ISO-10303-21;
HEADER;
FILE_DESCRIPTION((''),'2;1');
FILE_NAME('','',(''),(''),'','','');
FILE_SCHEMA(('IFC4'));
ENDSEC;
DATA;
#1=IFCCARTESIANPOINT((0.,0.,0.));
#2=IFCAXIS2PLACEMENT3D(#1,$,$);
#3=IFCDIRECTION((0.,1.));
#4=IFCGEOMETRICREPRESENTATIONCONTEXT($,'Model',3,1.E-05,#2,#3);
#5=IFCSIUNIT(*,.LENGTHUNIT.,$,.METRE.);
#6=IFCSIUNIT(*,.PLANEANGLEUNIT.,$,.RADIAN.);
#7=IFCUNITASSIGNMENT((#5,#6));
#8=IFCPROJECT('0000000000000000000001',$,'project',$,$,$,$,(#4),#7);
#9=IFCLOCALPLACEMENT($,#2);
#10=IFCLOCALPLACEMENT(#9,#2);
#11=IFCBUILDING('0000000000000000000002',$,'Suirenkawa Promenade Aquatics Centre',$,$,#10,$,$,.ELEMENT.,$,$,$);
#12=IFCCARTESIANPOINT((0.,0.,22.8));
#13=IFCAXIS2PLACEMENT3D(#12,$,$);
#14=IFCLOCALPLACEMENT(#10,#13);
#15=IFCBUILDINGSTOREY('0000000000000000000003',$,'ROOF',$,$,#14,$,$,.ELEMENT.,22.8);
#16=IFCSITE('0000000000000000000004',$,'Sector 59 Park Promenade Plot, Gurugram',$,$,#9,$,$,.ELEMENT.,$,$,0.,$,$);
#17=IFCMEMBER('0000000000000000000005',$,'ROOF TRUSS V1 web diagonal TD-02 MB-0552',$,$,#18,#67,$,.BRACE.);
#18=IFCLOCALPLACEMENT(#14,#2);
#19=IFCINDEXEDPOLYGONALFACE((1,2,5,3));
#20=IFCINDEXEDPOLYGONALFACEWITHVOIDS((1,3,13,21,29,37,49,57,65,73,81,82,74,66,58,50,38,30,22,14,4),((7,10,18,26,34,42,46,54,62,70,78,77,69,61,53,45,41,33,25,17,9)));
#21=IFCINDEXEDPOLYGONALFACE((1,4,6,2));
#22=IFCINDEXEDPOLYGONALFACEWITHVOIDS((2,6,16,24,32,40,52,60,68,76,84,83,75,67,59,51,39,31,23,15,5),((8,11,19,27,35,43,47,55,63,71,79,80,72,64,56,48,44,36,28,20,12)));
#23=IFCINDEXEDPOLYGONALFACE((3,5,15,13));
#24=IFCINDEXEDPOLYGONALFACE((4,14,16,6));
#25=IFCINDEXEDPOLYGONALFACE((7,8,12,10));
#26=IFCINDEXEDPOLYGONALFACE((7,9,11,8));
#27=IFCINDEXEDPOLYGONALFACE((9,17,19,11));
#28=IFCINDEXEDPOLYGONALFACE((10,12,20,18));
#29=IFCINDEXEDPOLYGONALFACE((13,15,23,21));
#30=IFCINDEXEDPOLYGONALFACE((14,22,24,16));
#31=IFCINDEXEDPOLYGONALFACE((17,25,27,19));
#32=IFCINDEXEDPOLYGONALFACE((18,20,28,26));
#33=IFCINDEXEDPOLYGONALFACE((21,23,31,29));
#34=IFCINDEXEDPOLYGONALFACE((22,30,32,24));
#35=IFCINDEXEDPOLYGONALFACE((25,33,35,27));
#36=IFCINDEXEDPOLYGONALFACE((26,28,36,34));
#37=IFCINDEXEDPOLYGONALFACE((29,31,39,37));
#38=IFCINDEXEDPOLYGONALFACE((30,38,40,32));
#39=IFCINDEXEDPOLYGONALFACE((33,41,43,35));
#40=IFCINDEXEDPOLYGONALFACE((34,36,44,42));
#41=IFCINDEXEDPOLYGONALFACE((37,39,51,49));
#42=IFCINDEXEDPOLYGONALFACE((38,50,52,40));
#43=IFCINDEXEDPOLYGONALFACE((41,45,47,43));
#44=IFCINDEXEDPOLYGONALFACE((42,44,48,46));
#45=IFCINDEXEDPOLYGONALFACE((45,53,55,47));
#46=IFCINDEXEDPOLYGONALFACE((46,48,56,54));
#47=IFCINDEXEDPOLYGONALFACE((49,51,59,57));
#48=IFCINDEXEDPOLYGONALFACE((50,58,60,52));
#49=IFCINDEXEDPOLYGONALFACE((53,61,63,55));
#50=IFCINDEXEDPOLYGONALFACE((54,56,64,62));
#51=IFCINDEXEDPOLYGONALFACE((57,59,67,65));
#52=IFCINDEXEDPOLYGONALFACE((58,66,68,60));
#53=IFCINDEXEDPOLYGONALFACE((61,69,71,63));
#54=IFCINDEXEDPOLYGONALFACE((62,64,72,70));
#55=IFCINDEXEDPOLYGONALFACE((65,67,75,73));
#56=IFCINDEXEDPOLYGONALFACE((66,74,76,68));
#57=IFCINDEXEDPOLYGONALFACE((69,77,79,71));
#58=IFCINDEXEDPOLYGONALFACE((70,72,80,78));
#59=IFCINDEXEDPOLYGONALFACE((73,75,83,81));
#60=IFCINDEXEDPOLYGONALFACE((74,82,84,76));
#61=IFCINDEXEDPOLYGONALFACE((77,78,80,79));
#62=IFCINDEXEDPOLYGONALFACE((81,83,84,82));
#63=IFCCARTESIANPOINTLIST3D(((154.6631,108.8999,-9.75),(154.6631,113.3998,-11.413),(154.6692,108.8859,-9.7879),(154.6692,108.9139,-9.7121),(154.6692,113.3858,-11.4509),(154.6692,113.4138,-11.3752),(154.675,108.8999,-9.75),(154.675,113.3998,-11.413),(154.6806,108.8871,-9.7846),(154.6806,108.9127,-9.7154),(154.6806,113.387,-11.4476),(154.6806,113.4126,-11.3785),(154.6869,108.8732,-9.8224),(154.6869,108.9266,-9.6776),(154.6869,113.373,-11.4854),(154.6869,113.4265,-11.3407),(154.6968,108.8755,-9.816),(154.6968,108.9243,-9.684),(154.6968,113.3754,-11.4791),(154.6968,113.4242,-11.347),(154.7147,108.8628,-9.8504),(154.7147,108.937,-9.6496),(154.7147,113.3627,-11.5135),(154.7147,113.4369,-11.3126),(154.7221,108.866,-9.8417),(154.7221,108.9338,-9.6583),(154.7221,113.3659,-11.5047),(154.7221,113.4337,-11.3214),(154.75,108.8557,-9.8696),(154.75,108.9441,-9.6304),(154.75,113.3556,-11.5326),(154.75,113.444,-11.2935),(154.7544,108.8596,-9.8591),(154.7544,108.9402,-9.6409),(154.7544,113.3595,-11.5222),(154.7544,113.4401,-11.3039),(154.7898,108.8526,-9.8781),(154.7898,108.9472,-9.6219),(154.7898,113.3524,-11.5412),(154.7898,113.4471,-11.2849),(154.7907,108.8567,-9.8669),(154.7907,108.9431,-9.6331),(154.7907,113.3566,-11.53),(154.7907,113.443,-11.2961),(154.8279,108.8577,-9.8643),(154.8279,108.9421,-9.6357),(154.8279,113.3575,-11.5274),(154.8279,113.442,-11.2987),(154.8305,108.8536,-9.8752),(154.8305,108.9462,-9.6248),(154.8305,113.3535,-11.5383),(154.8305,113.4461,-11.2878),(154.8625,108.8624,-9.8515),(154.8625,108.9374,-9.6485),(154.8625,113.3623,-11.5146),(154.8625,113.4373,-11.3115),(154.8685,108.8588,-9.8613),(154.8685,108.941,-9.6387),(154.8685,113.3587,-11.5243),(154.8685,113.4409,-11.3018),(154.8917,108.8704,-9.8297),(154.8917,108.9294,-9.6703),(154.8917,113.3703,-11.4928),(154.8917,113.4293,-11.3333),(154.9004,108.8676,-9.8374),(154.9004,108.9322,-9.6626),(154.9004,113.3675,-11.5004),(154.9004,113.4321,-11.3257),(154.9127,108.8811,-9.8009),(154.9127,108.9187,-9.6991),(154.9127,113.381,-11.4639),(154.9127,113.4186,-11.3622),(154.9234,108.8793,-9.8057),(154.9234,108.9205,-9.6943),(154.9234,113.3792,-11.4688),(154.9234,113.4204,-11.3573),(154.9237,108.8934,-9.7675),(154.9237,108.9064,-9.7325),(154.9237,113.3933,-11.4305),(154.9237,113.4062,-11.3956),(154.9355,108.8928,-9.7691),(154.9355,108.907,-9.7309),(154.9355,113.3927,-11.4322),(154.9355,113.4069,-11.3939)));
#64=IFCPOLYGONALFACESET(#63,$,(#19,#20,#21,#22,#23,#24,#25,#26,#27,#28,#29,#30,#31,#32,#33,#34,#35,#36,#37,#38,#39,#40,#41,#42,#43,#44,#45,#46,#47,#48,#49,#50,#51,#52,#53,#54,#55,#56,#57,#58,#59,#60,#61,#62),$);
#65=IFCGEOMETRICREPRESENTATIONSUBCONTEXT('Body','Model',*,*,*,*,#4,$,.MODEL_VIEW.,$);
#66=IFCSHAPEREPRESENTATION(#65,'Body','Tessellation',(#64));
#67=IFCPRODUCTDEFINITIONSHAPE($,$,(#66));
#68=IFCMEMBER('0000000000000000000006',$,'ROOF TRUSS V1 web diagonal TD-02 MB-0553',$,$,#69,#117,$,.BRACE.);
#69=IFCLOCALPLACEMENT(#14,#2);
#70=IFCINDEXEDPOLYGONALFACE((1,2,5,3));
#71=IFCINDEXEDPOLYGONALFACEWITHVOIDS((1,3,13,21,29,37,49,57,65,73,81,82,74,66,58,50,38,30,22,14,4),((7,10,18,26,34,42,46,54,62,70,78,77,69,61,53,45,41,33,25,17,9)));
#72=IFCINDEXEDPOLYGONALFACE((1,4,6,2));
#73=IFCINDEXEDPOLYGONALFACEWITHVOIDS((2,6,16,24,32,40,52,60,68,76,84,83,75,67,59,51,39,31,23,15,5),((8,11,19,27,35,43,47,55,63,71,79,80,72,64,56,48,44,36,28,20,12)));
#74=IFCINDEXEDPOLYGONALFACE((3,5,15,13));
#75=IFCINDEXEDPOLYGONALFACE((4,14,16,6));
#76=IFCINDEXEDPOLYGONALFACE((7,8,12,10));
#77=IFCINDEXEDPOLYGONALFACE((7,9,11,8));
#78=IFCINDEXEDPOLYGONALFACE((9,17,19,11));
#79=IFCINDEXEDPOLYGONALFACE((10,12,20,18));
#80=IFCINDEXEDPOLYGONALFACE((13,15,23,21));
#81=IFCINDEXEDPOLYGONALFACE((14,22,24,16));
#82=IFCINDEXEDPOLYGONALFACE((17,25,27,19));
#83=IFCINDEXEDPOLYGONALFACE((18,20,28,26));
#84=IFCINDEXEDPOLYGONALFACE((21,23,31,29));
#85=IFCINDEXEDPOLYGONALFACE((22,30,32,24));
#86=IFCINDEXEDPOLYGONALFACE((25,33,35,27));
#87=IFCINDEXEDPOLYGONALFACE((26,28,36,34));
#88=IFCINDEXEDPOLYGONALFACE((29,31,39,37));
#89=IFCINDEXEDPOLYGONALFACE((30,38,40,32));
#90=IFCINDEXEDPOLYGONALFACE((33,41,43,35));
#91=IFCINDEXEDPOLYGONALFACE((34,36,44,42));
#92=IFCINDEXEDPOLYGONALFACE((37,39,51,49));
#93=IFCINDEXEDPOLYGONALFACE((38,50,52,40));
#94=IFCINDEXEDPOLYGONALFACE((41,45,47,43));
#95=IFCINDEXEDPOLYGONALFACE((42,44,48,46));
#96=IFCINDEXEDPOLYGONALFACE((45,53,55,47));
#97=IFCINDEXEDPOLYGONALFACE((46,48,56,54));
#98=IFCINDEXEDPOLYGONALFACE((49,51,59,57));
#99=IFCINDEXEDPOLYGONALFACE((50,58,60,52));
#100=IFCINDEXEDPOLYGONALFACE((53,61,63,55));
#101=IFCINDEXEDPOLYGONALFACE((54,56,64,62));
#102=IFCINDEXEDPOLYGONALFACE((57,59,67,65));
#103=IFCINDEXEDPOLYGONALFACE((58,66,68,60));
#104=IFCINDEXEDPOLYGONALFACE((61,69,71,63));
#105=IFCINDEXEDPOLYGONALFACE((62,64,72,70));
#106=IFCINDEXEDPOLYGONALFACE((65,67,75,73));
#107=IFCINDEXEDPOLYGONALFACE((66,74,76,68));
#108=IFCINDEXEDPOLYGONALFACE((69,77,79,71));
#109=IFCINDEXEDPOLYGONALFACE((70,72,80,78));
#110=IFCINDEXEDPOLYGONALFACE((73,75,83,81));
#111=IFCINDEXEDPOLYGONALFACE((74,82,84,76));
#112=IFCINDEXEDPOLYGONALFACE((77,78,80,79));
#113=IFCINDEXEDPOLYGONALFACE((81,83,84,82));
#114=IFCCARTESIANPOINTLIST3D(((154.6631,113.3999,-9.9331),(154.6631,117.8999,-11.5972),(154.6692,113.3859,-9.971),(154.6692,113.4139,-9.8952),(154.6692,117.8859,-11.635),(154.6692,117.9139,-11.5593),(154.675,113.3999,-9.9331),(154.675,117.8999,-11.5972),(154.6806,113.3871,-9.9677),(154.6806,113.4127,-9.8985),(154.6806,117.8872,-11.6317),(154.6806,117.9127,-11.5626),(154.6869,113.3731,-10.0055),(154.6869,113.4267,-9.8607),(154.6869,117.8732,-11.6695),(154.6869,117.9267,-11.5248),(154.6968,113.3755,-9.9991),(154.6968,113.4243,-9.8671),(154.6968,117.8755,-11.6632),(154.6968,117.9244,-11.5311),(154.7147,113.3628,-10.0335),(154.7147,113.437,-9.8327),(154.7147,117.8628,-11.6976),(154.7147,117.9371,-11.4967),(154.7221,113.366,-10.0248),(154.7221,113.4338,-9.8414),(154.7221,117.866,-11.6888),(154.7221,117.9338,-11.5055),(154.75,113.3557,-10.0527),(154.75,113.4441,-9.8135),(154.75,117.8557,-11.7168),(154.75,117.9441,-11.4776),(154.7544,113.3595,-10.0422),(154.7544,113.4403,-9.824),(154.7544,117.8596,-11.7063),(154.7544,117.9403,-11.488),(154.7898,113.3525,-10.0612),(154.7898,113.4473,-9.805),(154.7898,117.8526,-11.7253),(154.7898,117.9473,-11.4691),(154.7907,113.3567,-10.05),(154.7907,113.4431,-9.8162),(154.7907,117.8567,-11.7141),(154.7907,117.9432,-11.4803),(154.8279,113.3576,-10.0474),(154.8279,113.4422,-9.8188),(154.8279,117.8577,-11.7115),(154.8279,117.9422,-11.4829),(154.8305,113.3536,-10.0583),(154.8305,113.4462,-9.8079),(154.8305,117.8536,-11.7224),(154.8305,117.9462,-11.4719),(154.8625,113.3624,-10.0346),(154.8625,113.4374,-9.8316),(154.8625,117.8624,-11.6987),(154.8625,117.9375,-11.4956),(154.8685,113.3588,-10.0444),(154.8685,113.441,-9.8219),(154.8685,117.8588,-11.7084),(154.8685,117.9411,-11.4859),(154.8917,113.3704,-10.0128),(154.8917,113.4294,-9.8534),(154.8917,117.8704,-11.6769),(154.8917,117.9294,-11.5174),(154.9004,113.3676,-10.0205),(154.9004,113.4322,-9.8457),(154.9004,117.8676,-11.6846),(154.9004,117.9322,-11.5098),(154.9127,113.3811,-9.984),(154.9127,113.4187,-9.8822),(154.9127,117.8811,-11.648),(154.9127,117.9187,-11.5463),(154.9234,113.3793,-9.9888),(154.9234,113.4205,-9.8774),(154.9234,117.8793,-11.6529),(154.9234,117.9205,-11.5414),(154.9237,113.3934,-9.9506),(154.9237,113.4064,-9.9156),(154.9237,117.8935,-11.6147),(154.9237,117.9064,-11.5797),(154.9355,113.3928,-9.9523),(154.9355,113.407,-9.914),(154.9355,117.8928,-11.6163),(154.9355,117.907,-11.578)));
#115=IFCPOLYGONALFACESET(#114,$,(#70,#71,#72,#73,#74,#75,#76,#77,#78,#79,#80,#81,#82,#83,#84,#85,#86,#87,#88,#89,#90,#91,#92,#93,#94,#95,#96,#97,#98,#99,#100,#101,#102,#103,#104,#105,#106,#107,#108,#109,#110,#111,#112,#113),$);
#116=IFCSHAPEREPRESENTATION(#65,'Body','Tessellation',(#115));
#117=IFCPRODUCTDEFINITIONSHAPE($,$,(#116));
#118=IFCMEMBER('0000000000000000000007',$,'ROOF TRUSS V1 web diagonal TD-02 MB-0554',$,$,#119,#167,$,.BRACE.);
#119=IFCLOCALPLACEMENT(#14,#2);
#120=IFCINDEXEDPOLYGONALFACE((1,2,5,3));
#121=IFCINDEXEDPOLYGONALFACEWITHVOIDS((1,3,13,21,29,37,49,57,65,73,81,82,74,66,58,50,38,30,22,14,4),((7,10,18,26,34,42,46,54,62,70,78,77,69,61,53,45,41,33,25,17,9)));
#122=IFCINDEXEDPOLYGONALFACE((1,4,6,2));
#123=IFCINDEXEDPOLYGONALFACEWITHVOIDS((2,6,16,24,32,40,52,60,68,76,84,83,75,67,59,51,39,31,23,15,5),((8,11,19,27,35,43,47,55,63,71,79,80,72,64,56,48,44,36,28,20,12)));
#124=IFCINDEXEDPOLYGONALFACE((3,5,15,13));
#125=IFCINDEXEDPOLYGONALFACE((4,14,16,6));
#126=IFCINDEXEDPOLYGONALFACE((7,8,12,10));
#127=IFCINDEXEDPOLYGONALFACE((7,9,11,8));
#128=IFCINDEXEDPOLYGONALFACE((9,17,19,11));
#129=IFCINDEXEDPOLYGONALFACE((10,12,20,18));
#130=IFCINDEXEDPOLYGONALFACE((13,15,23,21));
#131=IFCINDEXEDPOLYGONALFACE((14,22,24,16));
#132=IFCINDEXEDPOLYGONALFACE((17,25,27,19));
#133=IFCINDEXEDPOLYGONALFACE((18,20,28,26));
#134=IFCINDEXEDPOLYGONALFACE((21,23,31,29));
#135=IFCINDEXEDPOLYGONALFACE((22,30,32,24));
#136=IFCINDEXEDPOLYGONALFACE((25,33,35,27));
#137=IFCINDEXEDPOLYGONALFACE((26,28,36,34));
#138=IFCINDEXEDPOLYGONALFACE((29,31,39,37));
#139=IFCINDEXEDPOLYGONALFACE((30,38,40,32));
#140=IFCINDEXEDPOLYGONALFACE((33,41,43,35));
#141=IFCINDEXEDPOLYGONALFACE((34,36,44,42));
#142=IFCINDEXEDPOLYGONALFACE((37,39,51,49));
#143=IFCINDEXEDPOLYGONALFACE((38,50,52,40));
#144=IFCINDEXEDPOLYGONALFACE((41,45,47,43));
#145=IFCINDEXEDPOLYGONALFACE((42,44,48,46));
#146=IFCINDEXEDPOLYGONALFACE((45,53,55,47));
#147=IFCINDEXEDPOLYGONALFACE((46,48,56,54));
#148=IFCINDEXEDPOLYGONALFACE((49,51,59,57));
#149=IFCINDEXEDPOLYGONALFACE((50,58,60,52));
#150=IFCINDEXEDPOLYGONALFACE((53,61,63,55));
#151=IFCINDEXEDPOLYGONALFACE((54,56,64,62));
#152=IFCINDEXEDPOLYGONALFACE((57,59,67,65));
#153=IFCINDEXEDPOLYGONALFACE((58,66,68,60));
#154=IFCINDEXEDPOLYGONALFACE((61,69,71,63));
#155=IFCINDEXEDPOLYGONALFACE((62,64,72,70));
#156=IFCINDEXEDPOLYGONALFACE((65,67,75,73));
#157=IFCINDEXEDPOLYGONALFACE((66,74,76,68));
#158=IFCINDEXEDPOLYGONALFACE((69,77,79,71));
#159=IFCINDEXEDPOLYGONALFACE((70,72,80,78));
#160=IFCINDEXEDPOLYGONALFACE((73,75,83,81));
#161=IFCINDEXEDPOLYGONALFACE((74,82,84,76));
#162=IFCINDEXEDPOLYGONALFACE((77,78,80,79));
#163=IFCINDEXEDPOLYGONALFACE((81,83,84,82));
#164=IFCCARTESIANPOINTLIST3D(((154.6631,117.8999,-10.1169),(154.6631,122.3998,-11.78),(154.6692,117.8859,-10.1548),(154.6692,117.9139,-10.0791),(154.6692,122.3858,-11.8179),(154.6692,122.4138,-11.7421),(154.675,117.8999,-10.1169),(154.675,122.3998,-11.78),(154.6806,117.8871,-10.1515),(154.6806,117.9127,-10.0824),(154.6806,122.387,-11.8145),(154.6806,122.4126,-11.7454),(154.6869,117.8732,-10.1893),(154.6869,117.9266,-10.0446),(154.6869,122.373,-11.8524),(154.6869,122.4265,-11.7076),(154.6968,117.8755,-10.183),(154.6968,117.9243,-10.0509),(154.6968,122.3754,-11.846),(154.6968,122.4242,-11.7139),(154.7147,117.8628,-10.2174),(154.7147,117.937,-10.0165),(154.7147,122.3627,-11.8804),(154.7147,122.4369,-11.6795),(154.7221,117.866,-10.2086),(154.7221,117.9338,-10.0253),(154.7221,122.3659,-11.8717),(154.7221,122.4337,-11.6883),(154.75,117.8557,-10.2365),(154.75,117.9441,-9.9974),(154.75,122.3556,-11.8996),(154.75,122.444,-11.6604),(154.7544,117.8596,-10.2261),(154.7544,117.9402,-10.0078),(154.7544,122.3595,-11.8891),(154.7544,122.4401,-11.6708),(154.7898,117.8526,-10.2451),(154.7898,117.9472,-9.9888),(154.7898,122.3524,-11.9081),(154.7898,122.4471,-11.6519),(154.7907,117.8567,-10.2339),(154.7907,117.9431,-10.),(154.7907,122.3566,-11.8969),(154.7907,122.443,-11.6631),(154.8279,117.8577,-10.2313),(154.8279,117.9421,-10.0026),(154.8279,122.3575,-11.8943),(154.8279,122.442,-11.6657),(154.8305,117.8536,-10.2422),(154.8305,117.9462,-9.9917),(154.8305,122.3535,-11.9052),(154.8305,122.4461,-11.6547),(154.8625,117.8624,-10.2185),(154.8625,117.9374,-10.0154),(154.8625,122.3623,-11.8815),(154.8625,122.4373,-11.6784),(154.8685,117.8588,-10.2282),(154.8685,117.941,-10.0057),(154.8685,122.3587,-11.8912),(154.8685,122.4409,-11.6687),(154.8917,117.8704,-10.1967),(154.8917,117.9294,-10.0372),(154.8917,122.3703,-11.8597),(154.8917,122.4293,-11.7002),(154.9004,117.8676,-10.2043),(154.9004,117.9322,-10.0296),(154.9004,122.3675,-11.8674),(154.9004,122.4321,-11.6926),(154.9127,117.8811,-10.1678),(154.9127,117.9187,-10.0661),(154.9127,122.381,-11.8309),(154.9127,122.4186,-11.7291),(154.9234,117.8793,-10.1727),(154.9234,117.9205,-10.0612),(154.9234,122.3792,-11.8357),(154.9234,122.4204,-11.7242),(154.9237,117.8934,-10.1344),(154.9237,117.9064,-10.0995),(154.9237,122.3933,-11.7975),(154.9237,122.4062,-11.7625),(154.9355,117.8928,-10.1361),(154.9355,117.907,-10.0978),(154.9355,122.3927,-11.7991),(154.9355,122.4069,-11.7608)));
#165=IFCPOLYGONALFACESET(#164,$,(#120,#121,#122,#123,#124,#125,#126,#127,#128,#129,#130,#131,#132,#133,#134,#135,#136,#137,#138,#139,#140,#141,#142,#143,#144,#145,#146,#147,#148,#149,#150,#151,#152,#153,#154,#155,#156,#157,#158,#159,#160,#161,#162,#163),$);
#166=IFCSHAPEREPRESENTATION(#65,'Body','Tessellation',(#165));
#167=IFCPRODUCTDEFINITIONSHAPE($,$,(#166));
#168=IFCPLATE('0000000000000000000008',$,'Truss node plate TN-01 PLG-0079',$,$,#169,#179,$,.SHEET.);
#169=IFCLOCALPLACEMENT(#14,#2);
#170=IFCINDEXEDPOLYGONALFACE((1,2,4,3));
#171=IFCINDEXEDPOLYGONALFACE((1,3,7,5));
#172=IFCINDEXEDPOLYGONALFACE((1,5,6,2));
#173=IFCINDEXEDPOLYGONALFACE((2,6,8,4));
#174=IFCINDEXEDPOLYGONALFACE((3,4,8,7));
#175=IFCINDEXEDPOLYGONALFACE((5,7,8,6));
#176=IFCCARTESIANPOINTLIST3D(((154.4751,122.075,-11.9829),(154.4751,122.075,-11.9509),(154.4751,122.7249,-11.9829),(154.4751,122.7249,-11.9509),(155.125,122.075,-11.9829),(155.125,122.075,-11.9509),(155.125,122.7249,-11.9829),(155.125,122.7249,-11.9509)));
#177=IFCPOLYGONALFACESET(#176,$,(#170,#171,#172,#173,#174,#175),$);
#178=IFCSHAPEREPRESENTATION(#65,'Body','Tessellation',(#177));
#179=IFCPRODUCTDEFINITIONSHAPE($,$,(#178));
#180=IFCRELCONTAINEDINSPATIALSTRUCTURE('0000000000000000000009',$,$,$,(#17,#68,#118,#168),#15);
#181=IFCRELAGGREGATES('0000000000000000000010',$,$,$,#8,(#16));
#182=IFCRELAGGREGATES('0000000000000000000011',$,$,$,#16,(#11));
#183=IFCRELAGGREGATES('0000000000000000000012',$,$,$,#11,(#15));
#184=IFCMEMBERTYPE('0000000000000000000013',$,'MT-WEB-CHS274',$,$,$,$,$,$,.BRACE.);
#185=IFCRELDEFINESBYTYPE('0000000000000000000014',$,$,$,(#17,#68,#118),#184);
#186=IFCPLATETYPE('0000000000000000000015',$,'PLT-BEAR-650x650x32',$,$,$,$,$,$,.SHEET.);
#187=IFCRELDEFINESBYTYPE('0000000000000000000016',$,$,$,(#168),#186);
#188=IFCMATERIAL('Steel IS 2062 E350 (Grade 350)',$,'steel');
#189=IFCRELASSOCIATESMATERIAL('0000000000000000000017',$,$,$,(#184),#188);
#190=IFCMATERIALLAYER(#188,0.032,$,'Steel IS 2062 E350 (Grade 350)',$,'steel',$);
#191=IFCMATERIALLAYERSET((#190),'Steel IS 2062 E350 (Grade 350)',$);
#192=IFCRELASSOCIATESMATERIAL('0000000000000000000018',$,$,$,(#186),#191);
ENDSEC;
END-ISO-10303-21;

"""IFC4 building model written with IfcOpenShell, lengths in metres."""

from ifc_helpers import new_model, si_unit, direction, frame, origin, origin_2d, place, context, subcontext, project, spatial, rectangle, hollow_circle, extrude, material, layer, layer_set, material_profile, profile_set, type_object, element, save


model = new_model("IFC4")

# Units and contexts
model_context = context("Model", 3, precision=1e-05, world=origin(), true_north=direction((0.0, 1.0)))
body_context = subcontext(model_context, "Body", "Model", "MODEL_VIEW")
ifc_project = project(units=[si_unit("LENGTHUNIT", "METRE"), si_unit("PLANEANGLEUNIT", "RADIAN")], contexts=[model_context])

# Site, building, storey
site_placement = place(None, origin())
site = spatial("IfcSite", under=ifc_project, at=site_placement, Name="Sector 59 Park Promenade Plot, Gurugram", CompositionType="ELEMENT", RefElevation=0.0)
building_placement = place(site_placement, origin())
building = spatial("IfcBuilding", under=site, at=building_placement, Name="Suirenkawa Promenade Aquatics Centre", CompositionType="ELEMENT")
storey_placement = place(building_placement, frame((0.0, 0.0, 22.8)))
storey = spatial("IfcBuildingStorey", under=building, at=storey_placement, Name="ROOF", CompositionType="ELEMENT", Elevation=22.8)

# Shared definitions
ifc_material = material(Name="Steel IS 2062 E350 (Grade 350)", Category="steel")

# Members
ifc_material_profile_1 = material_profile(ifc_material, hollow_circle(Radius=0.137, WallThickness=0.012, at=origin_2d()), Name="CHS 274x12", Category="steel")
ifc_profile_set_1 = profile_set([ifc_material_profile_1], Name="Steel IS 2062 E350 (Grade 350)")
member_type_1 = type_object("IfcMemberType", Name="MT-WEB-CHS274", PredefinedType="BRACE", material=ifc_profile_set_1)
for number, where, z_axis, x_axis, name in (
    (1, (154.8, 108.8999, -9.75), (0.0, 0.937992, -0.346658), (-1.0, 0.0, 0.0), "ROOF TRUSS V1 web diagonal TD-02 MB-0552"),
):
    element("IfcMember", number, at=place(storey_placement, frame(where, z_axis=z_axis, x_axis=x_axis)), inside=storey, type_object=member_type_1, Name=name, PredefinedType="BRACE", context=body_context, shape_type="SweptSolid", body=[
        extrude(hollow_circle(Radius=0.137, WallThickness=0.012, at=origin_2d()), origin(), (0.0, 0.0, 1.0), 4.7974),
    ])
member_1_placement = place(storey_placement, frame((154.8, 113.3999, -9.9331), z_axis=(0.0, 0.937925, -0.346837), x_axis=(-1.0, 0.0, 0.0)))
element("IfcMember", 2, at=member_1_placement, inside=storey, type_object=member_type_1, Name="ROOF TRUSS V1 web diagonal TD-02 MB-0553", PredefinedType="BRACE", context=body_context, shape_type="SweptSolid", body=[
    extrude(hollow_circle(Radius=0.137, WallThickness=0.012, at=origin_2d()), origin(), (0.0, 0.0, 1.0), 4.7979),
])
member_2_placement = place(storey_placement, frame((154.8, 117.8999, -10.1169), z_axis=(0.0, 0.937992, -0.346658), x_axis=(-1.0, 0.0, 0.0)))
element("IfcMember", 3, at=member_2_placement, inside=storey, type_object=member_type_1, Name="ROOF TRUSS V1 web diagonal TD-02 MB-0554", PredefinedType="BRACE", context=body_context, shape_type="SweptSolid", body=[
    extrude(hollow_circle(Radius=0.137, WallThickness=0.012, at=origin_2d()), origin(), (0.0, 0.0, 1.0), 4.7974),
])

# Plate
ifc_layer = layer(ifc_material, 0.032, Name="Steel IS 2062 E350 (Grade 350)", Category="steel")
ifc_layer_set = layer_set([ifc_layer], Name="Steel IS 2062 E350 (Grade 350)")
plate_type = type_object("IfcPlateType", Name="PLT-BEAR-650x650x32", PredefinedType="SHEET", material=ifc_layer_set)
plate_placement = place(storey_placement, frame((154.8, 122.3999, -11.9829), z_axis=(0.0, 0.0, 1.0), x_axis=(1.0, 0.0, 0.0)))
element("IfcPlate", 4, at=plate_placement, inside=storey, type_object=plate_type, Name="Truss node plate TN-01 PLG-0079", PredefinedType="SHEET", context=body_context, shape_type="SweptSolid", body=[
    extrude(rectangle(XDim=0.6499, YDim=0.6499, at=origin_2d()), origin(), (0.0, 0.0, 1.0), 0.032),
])

save(model, "model.ifc")
